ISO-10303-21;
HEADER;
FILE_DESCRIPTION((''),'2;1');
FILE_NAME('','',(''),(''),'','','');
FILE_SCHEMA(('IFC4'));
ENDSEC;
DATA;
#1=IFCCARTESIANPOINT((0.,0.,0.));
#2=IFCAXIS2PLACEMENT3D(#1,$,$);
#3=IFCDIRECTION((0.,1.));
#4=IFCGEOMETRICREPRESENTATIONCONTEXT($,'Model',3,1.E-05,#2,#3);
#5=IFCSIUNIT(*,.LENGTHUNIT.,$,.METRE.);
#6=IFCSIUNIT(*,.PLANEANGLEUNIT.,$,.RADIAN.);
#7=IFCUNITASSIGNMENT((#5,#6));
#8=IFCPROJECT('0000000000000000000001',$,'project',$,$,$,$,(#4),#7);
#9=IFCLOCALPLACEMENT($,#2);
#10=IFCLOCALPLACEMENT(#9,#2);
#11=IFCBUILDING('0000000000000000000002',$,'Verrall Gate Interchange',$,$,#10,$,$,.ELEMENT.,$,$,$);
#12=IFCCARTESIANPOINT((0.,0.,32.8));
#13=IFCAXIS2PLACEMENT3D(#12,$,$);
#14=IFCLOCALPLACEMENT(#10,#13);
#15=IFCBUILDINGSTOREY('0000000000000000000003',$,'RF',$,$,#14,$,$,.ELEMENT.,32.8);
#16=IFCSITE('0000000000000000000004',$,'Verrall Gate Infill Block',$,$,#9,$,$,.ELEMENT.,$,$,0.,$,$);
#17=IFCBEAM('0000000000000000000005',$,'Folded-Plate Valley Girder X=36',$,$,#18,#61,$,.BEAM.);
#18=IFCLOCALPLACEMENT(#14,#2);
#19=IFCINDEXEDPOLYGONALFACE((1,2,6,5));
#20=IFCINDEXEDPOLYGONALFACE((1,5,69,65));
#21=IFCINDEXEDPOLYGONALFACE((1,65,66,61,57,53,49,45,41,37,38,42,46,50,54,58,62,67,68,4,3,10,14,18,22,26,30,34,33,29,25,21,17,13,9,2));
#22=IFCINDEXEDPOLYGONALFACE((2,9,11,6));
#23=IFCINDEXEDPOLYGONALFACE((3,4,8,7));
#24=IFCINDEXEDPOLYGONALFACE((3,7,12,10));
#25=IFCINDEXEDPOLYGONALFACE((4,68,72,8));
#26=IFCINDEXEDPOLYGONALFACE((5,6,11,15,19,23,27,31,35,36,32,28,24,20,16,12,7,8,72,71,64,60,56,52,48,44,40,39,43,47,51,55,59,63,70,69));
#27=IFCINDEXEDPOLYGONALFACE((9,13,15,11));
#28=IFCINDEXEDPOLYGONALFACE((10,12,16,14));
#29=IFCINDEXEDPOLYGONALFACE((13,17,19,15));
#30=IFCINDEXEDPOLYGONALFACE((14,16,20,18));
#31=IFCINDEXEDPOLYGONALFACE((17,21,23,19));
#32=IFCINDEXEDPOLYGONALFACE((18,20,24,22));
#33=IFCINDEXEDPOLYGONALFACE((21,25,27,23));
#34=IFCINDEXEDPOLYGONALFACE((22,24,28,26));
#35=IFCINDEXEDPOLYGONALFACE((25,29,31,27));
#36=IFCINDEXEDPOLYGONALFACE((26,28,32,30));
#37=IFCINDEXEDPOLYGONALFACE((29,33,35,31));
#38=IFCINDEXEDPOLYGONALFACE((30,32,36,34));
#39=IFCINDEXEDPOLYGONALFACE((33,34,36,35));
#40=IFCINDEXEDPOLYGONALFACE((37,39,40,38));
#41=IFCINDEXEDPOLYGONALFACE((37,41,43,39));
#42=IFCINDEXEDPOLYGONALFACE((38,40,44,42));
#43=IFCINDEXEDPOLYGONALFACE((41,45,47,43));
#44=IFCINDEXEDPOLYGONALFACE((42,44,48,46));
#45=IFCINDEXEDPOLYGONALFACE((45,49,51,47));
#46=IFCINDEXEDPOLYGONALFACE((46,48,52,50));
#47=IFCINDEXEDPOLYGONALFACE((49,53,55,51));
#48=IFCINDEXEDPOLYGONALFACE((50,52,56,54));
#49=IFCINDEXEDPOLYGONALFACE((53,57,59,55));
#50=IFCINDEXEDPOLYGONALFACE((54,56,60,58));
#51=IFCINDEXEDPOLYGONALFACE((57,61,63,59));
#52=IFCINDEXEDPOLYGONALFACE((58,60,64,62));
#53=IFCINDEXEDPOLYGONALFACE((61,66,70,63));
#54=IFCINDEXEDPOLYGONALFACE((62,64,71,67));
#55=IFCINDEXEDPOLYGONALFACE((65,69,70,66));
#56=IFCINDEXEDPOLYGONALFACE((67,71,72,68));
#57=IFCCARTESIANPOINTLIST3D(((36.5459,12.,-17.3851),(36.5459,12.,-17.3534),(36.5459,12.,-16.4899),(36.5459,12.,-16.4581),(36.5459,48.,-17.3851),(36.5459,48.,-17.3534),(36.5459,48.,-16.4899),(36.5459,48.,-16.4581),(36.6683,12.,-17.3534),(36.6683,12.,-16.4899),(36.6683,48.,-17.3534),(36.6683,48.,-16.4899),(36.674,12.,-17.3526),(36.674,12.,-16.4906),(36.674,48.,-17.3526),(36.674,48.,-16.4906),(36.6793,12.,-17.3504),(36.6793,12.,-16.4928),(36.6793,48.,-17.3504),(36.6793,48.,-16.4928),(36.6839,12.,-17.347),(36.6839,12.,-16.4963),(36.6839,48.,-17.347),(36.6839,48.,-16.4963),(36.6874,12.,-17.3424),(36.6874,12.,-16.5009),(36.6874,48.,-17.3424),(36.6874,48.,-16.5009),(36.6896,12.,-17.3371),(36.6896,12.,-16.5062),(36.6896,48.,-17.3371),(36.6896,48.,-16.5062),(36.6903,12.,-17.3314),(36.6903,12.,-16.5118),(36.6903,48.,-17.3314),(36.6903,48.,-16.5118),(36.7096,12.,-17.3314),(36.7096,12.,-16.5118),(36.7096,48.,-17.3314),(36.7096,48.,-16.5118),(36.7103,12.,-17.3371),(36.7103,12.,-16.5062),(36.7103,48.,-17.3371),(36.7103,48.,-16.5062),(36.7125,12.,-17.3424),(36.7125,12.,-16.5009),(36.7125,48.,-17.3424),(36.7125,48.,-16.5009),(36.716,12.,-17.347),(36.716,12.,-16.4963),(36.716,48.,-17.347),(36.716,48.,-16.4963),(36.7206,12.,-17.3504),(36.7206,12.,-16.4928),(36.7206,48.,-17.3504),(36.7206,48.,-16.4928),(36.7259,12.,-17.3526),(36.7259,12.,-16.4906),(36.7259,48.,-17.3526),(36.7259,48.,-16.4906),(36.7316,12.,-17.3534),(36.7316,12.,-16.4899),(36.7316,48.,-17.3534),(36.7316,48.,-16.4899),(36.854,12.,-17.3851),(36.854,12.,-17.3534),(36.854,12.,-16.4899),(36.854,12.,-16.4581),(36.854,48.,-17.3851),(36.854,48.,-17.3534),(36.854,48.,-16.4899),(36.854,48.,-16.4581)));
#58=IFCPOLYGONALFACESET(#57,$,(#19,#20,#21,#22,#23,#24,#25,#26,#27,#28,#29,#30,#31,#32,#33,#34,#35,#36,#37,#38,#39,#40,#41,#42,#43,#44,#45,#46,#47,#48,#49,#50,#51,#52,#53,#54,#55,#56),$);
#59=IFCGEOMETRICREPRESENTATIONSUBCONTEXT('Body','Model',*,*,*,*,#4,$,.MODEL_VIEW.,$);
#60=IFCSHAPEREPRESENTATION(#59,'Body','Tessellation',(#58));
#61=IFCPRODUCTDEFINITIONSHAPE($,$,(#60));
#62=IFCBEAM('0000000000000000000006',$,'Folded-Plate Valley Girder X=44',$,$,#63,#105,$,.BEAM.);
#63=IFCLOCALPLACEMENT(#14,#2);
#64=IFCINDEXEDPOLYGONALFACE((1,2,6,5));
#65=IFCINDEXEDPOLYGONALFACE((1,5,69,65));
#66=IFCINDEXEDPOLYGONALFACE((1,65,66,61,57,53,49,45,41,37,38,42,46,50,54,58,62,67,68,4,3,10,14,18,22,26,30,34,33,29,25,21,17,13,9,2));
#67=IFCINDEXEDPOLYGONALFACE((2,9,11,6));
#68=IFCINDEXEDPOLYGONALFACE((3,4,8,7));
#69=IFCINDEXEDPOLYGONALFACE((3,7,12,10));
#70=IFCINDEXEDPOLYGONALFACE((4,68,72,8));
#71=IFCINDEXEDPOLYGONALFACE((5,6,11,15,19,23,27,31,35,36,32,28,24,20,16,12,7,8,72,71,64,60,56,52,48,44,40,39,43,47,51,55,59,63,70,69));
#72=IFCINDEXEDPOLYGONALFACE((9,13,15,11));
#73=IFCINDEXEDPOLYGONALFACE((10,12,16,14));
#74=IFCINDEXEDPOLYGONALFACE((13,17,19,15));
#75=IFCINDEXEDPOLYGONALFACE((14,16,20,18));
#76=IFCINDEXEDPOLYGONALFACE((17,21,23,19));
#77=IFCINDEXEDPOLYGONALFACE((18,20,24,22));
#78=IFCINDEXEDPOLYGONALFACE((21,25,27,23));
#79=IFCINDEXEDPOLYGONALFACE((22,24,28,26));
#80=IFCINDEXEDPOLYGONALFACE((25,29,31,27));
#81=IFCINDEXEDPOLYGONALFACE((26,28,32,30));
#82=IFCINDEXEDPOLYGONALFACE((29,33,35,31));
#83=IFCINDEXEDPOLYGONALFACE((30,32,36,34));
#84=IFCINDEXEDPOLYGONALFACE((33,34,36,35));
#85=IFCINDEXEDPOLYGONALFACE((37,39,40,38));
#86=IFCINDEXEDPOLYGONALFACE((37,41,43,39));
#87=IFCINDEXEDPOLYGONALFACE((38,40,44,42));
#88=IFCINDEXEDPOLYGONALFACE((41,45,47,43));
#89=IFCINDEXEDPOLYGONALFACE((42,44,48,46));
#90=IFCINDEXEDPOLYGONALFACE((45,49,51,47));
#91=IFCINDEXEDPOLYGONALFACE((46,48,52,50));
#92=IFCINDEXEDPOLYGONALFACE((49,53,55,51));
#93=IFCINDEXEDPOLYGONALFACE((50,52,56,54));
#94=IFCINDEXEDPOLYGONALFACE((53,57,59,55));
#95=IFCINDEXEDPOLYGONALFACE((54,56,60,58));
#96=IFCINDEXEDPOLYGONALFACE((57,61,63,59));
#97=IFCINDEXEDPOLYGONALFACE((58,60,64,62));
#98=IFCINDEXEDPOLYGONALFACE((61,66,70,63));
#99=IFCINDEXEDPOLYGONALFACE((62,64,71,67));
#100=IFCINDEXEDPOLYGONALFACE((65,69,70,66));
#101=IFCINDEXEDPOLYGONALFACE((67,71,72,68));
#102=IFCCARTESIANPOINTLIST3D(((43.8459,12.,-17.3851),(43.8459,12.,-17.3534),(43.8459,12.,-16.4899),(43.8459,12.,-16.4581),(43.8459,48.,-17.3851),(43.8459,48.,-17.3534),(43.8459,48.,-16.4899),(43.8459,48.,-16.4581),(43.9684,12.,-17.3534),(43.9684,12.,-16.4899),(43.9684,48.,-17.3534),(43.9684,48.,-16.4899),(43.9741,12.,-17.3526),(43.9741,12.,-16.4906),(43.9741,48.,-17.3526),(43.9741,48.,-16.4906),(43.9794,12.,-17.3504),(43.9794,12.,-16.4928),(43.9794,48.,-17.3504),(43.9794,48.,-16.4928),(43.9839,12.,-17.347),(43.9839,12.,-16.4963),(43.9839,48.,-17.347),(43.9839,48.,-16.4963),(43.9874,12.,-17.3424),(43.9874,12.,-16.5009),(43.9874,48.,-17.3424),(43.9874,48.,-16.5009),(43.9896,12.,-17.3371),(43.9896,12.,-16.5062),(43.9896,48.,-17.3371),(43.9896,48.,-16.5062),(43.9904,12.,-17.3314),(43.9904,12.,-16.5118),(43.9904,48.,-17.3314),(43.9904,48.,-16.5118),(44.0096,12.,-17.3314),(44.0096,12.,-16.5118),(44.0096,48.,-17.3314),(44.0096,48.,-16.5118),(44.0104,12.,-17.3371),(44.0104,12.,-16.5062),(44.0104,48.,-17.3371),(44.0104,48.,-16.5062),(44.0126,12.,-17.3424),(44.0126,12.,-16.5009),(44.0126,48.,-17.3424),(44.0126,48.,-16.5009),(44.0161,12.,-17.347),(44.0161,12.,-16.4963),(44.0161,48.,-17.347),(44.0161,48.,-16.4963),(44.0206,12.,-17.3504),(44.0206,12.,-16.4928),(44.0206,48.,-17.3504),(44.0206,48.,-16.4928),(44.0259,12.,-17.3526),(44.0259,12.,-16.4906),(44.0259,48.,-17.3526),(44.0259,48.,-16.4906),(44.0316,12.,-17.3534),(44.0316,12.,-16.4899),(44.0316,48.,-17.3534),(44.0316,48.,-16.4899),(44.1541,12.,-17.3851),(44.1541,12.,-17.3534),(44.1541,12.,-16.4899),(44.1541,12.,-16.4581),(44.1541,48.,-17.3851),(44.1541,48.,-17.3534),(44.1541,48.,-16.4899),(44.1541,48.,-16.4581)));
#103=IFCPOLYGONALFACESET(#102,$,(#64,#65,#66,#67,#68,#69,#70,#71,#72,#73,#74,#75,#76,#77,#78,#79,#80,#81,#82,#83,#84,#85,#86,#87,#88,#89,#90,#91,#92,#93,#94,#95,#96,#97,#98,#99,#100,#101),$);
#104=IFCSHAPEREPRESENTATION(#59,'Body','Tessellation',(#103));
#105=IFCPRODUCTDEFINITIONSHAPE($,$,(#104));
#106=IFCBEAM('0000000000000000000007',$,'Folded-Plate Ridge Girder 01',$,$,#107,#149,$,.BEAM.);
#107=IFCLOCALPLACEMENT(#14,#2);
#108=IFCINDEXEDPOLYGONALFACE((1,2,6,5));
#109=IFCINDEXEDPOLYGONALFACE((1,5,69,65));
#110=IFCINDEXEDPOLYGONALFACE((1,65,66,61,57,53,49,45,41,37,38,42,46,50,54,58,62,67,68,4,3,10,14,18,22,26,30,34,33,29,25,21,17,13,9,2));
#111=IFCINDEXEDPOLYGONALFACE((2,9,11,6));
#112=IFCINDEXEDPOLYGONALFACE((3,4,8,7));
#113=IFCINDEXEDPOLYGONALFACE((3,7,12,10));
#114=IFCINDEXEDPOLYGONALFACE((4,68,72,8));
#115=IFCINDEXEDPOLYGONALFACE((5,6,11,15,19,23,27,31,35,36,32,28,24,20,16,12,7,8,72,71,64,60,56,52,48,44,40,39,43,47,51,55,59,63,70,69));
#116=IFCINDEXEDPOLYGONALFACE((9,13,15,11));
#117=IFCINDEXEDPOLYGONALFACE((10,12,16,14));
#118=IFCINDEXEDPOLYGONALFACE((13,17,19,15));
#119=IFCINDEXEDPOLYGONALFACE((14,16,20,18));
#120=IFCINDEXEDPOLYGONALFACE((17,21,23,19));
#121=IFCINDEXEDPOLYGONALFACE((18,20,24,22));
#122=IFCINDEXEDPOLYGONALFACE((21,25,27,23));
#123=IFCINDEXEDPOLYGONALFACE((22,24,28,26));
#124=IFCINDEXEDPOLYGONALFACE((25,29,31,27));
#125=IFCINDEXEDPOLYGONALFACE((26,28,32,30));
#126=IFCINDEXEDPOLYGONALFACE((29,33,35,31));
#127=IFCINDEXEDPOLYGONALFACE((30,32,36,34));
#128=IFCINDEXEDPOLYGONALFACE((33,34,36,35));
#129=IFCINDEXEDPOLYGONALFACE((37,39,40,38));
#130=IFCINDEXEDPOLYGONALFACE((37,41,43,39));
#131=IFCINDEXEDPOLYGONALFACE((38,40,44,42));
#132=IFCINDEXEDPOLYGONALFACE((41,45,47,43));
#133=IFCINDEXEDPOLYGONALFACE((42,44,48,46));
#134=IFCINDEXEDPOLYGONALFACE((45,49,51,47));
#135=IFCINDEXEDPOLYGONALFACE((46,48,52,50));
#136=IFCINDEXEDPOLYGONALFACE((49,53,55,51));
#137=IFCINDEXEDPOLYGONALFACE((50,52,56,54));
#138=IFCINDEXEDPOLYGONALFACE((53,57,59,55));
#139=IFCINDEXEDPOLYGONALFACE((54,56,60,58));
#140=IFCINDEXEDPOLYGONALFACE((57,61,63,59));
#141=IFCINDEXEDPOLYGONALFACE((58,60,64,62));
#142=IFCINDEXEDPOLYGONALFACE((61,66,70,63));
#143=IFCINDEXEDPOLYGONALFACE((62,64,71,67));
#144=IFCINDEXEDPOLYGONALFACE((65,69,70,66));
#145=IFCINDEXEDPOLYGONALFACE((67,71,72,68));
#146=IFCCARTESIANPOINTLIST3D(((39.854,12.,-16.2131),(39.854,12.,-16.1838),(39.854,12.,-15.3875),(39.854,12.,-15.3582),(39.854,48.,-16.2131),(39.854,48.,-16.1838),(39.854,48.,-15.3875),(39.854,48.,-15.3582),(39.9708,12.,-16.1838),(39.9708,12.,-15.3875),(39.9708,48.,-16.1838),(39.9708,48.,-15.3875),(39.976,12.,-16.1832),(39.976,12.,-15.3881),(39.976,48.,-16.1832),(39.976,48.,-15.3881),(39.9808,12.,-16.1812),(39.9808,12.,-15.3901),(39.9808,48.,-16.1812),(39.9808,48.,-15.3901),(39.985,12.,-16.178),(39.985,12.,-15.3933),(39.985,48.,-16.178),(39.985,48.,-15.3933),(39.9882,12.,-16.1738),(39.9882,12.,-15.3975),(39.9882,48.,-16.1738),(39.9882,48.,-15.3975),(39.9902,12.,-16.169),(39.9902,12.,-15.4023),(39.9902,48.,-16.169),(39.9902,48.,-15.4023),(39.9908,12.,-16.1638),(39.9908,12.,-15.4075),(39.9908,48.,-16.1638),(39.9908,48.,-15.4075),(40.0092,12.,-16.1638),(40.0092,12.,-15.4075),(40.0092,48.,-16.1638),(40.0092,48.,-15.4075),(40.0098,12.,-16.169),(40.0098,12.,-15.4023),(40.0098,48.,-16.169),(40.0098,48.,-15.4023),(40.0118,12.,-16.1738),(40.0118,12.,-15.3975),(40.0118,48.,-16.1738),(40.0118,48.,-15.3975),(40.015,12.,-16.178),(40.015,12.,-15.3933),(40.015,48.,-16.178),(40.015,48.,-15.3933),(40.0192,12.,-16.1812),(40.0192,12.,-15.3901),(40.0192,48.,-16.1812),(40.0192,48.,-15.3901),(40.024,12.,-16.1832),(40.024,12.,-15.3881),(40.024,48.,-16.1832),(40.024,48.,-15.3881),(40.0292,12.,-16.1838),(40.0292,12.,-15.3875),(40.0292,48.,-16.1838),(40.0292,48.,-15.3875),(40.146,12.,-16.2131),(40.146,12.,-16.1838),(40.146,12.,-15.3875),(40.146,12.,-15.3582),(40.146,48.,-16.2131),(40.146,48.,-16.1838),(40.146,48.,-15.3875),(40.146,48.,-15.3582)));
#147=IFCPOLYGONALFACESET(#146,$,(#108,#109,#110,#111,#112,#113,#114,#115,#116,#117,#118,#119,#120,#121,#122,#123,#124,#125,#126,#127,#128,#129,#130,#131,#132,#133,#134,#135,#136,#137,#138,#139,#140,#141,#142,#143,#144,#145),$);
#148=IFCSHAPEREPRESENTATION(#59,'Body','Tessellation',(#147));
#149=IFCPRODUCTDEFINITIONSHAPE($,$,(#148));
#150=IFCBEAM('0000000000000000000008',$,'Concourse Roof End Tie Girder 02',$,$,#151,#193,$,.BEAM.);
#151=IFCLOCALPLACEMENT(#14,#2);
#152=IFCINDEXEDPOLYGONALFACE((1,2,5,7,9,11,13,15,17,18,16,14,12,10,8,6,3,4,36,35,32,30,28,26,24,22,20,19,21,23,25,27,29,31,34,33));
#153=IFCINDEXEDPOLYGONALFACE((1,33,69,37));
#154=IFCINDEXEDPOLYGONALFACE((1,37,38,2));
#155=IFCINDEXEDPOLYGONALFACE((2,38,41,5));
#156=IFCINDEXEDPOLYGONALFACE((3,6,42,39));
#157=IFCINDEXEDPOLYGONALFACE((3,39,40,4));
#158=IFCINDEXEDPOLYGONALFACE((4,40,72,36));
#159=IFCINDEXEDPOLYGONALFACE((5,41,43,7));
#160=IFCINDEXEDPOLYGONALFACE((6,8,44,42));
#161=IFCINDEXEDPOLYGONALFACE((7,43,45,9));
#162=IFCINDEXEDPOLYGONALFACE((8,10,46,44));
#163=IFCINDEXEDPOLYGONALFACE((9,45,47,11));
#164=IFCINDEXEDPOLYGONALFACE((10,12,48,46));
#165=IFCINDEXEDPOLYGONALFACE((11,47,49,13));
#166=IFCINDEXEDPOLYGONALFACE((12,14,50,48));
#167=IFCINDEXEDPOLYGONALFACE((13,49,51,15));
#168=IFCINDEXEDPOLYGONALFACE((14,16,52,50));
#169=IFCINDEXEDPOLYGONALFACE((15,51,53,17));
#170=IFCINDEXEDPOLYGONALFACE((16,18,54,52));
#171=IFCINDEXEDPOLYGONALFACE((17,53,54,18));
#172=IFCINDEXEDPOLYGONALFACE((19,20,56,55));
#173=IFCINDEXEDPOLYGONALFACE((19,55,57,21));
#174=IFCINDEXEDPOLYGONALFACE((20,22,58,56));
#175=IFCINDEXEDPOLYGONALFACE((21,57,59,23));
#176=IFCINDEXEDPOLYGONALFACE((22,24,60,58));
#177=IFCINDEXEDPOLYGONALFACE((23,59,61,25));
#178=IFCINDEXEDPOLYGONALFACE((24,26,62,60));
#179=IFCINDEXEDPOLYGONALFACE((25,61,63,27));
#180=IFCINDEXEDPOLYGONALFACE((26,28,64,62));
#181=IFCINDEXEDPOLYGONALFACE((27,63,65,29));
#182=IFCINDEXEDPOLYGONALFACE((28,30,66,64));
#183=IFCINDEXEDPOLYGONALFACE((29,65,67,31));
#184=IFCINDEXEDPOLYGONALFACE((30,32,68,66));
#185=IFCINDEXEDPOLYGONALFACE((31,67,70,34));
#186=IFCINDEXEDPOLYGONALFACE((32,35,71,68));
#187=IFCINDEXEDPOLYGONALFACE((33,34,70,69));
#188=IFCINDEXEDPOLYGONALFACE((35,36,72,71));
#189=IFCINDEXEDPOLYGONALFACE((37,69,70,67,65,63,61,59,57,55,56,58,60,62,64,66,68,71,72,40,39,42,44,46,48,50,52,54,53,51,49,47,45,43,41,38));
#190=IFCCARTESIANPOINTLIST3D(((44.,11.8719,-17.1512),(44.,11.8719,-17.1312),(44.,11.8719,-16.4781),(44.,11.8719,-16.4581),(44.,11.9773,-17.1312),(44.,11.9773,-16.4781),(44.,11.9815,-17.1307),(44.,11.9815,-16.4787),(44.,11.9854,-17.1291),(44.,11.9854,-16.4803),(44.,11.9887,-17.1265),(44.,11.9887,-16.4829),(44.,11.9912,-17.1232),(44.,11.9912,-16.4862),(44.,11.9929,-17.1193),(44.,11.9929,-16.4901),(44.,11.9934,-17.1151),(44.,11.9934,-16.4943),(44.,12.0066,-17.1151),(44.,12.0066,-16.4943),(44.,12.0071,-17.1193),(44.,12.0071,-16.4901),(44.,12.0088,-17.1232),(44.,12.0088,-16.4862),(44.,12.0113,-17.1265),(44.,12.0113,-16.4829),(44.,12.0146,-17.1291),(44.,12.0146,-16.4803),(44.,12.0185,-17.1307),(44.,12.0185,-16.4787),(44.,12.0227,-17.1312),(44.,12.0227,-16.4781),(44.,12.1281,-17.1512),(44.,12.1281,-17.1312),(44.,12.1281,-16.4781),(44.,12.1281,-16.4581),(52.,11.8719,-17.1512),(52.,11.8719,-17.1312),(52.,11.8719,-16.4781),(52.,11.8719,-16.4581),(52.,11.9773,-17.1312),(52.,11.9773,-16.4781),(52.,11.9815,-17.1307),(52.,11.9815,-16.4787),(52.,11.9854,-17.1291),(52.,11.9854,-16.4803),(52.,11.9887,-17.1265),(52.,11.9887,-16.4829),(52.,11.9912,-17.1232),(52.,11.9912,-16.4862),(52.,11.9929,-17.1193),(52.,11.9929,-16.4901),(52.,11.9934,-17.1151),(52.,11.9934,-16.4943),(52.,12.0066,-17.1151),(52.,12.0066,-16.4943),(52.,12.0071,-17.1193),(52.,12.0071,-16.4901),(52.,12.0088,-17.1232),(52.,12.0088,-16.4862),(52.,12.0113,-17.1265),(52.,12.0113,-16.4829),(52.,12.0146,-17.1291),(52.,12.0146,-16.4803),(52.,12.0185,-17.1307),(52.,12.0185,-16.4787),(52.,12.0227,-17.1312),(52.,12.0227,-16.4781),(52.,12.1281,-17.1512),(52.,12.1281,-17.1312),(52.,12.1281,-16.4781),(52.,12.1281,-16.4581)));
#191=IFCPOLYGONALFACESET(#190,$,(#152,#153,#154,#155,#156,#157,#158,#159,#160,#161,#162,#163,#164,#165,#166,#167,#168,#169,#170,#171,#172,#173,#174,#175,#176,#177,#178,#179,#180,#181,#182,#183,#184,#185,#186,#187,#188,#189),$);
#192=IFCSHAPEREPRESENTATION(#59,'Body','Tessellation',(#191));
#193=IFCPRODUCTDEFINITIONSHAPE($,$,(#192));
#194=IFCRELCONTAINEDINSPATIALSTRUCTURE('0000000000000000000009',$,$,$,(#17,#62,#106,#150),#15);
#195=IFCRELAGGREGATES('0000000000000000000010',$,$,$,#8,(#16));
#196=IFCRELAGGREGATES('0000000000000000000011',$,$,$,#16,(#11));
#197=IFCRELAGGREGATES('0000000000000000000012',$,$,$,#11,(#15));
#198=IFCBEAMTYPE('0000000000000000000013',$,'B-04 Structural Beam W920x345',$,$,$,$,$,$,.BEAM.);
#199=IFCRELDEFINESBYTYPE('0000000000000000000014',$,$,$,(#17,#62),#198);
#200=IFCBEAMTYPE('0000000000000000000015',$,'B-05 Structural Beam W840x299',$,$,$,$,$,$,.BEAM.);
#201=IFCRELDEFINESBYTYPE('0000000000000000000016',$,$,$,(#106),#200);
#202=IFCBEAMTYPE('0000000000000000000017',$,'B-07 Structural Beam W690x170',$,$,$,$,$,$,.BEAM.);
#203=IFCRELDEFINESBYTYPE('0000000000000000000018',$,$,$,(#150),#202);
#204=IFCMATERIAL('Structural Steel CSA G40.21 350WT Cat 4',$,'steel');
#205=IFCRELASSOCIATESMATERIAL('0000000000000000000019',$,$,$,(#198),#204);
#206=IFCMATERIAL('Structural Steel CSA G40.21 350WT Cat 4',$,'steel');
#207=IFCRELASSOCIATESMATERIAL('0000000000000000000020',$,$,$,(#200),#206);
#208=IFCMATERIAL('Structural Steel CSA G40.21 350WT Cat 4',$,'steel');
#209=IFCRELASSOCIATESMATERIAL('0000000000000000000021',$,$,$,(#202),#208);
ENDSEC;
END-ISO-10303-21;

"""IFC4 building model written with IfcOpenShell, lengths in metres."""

from ifc_helpers import new_model, si_unit, direction, frame, origin, origin_2d, place, context, subcontext, project, spatial, i_section, extrude, material, material_profile, profile_set, type_object, element, save


model = new_model("IFC4")

# Units and contexts
model_context = context("Model", 3, precision=1e-05, world=origin(), true_north=direction((0.0, 1.0)))
body_context = subcontext(model_context, "Body", "Model", "MODEL_VIEW")
ifc_project = project(units=[si_unit("LENGTHUNIT", "METRE"), si_unit("PLANEANGLEUNIT", "RADIAN")], contexts=[model_context])

# Site, building, storey
site_placement = place(None, origin())
site = spatial("IfcSite", under=ifc_project, at=site_placement, Name="Verrall Gate Infill Block", CompositionType="ELEMENT", RefElevation=0.0)
building_placement = place(site_placement, origin())
building = spatial("IfcBuilding", under=site, at=building_placement, Name="Verrall Gate Interchange", CompositionType="ELEMENT")
storey_placement = place(building_placement, frame((0.0, 0.0, 32.8)))
storey = spatial("IfcBuildingStorey", under=building, at=storey_placement, Name="RF", CompositionType="ELEMENT", Elevation=32.8)

# Beams
ifc_material_1 = material(Name="Structural Steel CSA G40.21 350WT Cat 4", Category="steel")
ifc_material_profile_1 = material_profile(ifc_material_1, i_section(OverallWidth=0.3081, OverallDepth=0.927, WebThickness=0.0193, FlangeThickness=0.0317, FilletRadius=0.022, at=origin_2d()), Name="W920x345")
ifc_profile_set_1 = profile_set([ifc_material_profile_1], Name="Structural Steel CSA G40.21 350WT Cat 4")
beam_type_1 = type_object("IfcBeamType", Name="B-04 Structural Beam W920x345", PredefinedType="BEAM", material=ifc_profile_set_1)
for number, where, z_axis, x_axis, name in (
    (1, (36.7, 12.0, -16.9216), (0.0, 1.0, 0.0), (-1.0, 0.0, 0.0), "Folded-Plate Valley Girder X=36"),
    (2, (44.0, 12.0, -16.9216), (0.0, 1.0, 0.0), (-1.0, 0.0, 0.0), "Folded-Plate Valley Girder X=44"),
):
    element("IfcBeam", number, at=place(storey_placement, frame(where, z_axis=z_axis, x_axis=x_axis)), inside=storey, type_object=beam_type_1, Name=name, PredefinedType="BEAM", context=body_context, shape_type="SweptSolid", body=[
        extrude(i_section(OverallWidth=0.3081, OverallDepth=0.927, WebThickness=0.0193, FlangeThickness=0.0317, FilletRadius=0.022, at=origin_2d()), origin(), (0.0, 0.0, 1.0), 36.0),
    ])
ifc_material_2 = material(Name="Structural Steel CSA G40.21 350WT Cat 4", Category="steel")
ifc_material_profile_2 = material_profile(ifc_material_2, i_section(OverallWidth=0.292, OverallDepth=0.855, WebThickness=0.0183, FlangeThickness=0.0293, FilletRadius=0.02, at=origin_2d()), Name="W840x299")
ifc_profile_set_2 = profile_set([ifc_material_profile_2], Name="Structural Steel CSA G40.21 350WT Cat 4")
beam_type_2 = type_object("IfcBeamType", Name="B-05 Structural Beam W840x299", PredefinedType="BEAM", material=ifc_profile_set_2)
beam_1_placement = place(storey_placement, frame((40.0, 12.0, -15.7856), z_axis=(0.0, 1.0, 0.0), x_axis=(-1.0, 0.0, 0.0)))
element("IfcBeam", 3, at=beam_1_placement, inside=storey, type_object=beam_type_2, Name="Folded-Plate Ridge Girder 01", PredefinedType="BEAM", context=body_context, shape_type="SweptSolid", body=[
    extrude(i_section(OverallWidth=0.292, OverallDepth=0.855, WebThickness=0.0183, FlangeThickness=0.0293, FilletRadius=0.02, at=origin_2d()), origin(), (0.0, 0.0, 1.0), 36.0),
])
ifc_material_3 = material(Name="Structural Steel CSA G40.21 350WT Cat 4", Category="steel")
ifc_material_profile_3 = material_profile(ifc_material_3, i_section(OverallWidth=0.2561, OverallDepth=0.6931, WebThickness=0.0132, FlangeThickness=0.02, FilletRadius=0.0161, at=origin_2d()), Name="W690x170")
ifc_profile_set_3 = profile_set([ifc_material_profile_3], Name="Structural Steel CSA G40.21 350WT Cat 4")
beam_type_3 = type_object("IfcBeamType", Name="B-07 Structural Beam W690x170", PredefinedType="BEAM", material=ifc_profile_set_3)
beam_2_placement = place(storey_placement, frame((44.0, 12.0, -16.8047), z_axis=(1.0, 0.0, 0.0), x_axis=(0.0, 1.0, 0.0)))
element("IfcBeam", 4, at=beam_2_placement, inside=storey, type_object=beam_type_3, Name="Concourse Roof End Tie Girder 02", PredefinedType="BEAM", context=body_context, shape_type="SweptSolid", body=[
    extrude(i_section(OverallWidth=0.2561, OverallDepth=0.6931, WebThickness=0.0132, FlangeThickness=0.02, FilletRadius=0.0161, at=origin_2d()), origin(), (0.0, 0.0, 1.0), 8.0),
])

save(model, "model.ifc")
